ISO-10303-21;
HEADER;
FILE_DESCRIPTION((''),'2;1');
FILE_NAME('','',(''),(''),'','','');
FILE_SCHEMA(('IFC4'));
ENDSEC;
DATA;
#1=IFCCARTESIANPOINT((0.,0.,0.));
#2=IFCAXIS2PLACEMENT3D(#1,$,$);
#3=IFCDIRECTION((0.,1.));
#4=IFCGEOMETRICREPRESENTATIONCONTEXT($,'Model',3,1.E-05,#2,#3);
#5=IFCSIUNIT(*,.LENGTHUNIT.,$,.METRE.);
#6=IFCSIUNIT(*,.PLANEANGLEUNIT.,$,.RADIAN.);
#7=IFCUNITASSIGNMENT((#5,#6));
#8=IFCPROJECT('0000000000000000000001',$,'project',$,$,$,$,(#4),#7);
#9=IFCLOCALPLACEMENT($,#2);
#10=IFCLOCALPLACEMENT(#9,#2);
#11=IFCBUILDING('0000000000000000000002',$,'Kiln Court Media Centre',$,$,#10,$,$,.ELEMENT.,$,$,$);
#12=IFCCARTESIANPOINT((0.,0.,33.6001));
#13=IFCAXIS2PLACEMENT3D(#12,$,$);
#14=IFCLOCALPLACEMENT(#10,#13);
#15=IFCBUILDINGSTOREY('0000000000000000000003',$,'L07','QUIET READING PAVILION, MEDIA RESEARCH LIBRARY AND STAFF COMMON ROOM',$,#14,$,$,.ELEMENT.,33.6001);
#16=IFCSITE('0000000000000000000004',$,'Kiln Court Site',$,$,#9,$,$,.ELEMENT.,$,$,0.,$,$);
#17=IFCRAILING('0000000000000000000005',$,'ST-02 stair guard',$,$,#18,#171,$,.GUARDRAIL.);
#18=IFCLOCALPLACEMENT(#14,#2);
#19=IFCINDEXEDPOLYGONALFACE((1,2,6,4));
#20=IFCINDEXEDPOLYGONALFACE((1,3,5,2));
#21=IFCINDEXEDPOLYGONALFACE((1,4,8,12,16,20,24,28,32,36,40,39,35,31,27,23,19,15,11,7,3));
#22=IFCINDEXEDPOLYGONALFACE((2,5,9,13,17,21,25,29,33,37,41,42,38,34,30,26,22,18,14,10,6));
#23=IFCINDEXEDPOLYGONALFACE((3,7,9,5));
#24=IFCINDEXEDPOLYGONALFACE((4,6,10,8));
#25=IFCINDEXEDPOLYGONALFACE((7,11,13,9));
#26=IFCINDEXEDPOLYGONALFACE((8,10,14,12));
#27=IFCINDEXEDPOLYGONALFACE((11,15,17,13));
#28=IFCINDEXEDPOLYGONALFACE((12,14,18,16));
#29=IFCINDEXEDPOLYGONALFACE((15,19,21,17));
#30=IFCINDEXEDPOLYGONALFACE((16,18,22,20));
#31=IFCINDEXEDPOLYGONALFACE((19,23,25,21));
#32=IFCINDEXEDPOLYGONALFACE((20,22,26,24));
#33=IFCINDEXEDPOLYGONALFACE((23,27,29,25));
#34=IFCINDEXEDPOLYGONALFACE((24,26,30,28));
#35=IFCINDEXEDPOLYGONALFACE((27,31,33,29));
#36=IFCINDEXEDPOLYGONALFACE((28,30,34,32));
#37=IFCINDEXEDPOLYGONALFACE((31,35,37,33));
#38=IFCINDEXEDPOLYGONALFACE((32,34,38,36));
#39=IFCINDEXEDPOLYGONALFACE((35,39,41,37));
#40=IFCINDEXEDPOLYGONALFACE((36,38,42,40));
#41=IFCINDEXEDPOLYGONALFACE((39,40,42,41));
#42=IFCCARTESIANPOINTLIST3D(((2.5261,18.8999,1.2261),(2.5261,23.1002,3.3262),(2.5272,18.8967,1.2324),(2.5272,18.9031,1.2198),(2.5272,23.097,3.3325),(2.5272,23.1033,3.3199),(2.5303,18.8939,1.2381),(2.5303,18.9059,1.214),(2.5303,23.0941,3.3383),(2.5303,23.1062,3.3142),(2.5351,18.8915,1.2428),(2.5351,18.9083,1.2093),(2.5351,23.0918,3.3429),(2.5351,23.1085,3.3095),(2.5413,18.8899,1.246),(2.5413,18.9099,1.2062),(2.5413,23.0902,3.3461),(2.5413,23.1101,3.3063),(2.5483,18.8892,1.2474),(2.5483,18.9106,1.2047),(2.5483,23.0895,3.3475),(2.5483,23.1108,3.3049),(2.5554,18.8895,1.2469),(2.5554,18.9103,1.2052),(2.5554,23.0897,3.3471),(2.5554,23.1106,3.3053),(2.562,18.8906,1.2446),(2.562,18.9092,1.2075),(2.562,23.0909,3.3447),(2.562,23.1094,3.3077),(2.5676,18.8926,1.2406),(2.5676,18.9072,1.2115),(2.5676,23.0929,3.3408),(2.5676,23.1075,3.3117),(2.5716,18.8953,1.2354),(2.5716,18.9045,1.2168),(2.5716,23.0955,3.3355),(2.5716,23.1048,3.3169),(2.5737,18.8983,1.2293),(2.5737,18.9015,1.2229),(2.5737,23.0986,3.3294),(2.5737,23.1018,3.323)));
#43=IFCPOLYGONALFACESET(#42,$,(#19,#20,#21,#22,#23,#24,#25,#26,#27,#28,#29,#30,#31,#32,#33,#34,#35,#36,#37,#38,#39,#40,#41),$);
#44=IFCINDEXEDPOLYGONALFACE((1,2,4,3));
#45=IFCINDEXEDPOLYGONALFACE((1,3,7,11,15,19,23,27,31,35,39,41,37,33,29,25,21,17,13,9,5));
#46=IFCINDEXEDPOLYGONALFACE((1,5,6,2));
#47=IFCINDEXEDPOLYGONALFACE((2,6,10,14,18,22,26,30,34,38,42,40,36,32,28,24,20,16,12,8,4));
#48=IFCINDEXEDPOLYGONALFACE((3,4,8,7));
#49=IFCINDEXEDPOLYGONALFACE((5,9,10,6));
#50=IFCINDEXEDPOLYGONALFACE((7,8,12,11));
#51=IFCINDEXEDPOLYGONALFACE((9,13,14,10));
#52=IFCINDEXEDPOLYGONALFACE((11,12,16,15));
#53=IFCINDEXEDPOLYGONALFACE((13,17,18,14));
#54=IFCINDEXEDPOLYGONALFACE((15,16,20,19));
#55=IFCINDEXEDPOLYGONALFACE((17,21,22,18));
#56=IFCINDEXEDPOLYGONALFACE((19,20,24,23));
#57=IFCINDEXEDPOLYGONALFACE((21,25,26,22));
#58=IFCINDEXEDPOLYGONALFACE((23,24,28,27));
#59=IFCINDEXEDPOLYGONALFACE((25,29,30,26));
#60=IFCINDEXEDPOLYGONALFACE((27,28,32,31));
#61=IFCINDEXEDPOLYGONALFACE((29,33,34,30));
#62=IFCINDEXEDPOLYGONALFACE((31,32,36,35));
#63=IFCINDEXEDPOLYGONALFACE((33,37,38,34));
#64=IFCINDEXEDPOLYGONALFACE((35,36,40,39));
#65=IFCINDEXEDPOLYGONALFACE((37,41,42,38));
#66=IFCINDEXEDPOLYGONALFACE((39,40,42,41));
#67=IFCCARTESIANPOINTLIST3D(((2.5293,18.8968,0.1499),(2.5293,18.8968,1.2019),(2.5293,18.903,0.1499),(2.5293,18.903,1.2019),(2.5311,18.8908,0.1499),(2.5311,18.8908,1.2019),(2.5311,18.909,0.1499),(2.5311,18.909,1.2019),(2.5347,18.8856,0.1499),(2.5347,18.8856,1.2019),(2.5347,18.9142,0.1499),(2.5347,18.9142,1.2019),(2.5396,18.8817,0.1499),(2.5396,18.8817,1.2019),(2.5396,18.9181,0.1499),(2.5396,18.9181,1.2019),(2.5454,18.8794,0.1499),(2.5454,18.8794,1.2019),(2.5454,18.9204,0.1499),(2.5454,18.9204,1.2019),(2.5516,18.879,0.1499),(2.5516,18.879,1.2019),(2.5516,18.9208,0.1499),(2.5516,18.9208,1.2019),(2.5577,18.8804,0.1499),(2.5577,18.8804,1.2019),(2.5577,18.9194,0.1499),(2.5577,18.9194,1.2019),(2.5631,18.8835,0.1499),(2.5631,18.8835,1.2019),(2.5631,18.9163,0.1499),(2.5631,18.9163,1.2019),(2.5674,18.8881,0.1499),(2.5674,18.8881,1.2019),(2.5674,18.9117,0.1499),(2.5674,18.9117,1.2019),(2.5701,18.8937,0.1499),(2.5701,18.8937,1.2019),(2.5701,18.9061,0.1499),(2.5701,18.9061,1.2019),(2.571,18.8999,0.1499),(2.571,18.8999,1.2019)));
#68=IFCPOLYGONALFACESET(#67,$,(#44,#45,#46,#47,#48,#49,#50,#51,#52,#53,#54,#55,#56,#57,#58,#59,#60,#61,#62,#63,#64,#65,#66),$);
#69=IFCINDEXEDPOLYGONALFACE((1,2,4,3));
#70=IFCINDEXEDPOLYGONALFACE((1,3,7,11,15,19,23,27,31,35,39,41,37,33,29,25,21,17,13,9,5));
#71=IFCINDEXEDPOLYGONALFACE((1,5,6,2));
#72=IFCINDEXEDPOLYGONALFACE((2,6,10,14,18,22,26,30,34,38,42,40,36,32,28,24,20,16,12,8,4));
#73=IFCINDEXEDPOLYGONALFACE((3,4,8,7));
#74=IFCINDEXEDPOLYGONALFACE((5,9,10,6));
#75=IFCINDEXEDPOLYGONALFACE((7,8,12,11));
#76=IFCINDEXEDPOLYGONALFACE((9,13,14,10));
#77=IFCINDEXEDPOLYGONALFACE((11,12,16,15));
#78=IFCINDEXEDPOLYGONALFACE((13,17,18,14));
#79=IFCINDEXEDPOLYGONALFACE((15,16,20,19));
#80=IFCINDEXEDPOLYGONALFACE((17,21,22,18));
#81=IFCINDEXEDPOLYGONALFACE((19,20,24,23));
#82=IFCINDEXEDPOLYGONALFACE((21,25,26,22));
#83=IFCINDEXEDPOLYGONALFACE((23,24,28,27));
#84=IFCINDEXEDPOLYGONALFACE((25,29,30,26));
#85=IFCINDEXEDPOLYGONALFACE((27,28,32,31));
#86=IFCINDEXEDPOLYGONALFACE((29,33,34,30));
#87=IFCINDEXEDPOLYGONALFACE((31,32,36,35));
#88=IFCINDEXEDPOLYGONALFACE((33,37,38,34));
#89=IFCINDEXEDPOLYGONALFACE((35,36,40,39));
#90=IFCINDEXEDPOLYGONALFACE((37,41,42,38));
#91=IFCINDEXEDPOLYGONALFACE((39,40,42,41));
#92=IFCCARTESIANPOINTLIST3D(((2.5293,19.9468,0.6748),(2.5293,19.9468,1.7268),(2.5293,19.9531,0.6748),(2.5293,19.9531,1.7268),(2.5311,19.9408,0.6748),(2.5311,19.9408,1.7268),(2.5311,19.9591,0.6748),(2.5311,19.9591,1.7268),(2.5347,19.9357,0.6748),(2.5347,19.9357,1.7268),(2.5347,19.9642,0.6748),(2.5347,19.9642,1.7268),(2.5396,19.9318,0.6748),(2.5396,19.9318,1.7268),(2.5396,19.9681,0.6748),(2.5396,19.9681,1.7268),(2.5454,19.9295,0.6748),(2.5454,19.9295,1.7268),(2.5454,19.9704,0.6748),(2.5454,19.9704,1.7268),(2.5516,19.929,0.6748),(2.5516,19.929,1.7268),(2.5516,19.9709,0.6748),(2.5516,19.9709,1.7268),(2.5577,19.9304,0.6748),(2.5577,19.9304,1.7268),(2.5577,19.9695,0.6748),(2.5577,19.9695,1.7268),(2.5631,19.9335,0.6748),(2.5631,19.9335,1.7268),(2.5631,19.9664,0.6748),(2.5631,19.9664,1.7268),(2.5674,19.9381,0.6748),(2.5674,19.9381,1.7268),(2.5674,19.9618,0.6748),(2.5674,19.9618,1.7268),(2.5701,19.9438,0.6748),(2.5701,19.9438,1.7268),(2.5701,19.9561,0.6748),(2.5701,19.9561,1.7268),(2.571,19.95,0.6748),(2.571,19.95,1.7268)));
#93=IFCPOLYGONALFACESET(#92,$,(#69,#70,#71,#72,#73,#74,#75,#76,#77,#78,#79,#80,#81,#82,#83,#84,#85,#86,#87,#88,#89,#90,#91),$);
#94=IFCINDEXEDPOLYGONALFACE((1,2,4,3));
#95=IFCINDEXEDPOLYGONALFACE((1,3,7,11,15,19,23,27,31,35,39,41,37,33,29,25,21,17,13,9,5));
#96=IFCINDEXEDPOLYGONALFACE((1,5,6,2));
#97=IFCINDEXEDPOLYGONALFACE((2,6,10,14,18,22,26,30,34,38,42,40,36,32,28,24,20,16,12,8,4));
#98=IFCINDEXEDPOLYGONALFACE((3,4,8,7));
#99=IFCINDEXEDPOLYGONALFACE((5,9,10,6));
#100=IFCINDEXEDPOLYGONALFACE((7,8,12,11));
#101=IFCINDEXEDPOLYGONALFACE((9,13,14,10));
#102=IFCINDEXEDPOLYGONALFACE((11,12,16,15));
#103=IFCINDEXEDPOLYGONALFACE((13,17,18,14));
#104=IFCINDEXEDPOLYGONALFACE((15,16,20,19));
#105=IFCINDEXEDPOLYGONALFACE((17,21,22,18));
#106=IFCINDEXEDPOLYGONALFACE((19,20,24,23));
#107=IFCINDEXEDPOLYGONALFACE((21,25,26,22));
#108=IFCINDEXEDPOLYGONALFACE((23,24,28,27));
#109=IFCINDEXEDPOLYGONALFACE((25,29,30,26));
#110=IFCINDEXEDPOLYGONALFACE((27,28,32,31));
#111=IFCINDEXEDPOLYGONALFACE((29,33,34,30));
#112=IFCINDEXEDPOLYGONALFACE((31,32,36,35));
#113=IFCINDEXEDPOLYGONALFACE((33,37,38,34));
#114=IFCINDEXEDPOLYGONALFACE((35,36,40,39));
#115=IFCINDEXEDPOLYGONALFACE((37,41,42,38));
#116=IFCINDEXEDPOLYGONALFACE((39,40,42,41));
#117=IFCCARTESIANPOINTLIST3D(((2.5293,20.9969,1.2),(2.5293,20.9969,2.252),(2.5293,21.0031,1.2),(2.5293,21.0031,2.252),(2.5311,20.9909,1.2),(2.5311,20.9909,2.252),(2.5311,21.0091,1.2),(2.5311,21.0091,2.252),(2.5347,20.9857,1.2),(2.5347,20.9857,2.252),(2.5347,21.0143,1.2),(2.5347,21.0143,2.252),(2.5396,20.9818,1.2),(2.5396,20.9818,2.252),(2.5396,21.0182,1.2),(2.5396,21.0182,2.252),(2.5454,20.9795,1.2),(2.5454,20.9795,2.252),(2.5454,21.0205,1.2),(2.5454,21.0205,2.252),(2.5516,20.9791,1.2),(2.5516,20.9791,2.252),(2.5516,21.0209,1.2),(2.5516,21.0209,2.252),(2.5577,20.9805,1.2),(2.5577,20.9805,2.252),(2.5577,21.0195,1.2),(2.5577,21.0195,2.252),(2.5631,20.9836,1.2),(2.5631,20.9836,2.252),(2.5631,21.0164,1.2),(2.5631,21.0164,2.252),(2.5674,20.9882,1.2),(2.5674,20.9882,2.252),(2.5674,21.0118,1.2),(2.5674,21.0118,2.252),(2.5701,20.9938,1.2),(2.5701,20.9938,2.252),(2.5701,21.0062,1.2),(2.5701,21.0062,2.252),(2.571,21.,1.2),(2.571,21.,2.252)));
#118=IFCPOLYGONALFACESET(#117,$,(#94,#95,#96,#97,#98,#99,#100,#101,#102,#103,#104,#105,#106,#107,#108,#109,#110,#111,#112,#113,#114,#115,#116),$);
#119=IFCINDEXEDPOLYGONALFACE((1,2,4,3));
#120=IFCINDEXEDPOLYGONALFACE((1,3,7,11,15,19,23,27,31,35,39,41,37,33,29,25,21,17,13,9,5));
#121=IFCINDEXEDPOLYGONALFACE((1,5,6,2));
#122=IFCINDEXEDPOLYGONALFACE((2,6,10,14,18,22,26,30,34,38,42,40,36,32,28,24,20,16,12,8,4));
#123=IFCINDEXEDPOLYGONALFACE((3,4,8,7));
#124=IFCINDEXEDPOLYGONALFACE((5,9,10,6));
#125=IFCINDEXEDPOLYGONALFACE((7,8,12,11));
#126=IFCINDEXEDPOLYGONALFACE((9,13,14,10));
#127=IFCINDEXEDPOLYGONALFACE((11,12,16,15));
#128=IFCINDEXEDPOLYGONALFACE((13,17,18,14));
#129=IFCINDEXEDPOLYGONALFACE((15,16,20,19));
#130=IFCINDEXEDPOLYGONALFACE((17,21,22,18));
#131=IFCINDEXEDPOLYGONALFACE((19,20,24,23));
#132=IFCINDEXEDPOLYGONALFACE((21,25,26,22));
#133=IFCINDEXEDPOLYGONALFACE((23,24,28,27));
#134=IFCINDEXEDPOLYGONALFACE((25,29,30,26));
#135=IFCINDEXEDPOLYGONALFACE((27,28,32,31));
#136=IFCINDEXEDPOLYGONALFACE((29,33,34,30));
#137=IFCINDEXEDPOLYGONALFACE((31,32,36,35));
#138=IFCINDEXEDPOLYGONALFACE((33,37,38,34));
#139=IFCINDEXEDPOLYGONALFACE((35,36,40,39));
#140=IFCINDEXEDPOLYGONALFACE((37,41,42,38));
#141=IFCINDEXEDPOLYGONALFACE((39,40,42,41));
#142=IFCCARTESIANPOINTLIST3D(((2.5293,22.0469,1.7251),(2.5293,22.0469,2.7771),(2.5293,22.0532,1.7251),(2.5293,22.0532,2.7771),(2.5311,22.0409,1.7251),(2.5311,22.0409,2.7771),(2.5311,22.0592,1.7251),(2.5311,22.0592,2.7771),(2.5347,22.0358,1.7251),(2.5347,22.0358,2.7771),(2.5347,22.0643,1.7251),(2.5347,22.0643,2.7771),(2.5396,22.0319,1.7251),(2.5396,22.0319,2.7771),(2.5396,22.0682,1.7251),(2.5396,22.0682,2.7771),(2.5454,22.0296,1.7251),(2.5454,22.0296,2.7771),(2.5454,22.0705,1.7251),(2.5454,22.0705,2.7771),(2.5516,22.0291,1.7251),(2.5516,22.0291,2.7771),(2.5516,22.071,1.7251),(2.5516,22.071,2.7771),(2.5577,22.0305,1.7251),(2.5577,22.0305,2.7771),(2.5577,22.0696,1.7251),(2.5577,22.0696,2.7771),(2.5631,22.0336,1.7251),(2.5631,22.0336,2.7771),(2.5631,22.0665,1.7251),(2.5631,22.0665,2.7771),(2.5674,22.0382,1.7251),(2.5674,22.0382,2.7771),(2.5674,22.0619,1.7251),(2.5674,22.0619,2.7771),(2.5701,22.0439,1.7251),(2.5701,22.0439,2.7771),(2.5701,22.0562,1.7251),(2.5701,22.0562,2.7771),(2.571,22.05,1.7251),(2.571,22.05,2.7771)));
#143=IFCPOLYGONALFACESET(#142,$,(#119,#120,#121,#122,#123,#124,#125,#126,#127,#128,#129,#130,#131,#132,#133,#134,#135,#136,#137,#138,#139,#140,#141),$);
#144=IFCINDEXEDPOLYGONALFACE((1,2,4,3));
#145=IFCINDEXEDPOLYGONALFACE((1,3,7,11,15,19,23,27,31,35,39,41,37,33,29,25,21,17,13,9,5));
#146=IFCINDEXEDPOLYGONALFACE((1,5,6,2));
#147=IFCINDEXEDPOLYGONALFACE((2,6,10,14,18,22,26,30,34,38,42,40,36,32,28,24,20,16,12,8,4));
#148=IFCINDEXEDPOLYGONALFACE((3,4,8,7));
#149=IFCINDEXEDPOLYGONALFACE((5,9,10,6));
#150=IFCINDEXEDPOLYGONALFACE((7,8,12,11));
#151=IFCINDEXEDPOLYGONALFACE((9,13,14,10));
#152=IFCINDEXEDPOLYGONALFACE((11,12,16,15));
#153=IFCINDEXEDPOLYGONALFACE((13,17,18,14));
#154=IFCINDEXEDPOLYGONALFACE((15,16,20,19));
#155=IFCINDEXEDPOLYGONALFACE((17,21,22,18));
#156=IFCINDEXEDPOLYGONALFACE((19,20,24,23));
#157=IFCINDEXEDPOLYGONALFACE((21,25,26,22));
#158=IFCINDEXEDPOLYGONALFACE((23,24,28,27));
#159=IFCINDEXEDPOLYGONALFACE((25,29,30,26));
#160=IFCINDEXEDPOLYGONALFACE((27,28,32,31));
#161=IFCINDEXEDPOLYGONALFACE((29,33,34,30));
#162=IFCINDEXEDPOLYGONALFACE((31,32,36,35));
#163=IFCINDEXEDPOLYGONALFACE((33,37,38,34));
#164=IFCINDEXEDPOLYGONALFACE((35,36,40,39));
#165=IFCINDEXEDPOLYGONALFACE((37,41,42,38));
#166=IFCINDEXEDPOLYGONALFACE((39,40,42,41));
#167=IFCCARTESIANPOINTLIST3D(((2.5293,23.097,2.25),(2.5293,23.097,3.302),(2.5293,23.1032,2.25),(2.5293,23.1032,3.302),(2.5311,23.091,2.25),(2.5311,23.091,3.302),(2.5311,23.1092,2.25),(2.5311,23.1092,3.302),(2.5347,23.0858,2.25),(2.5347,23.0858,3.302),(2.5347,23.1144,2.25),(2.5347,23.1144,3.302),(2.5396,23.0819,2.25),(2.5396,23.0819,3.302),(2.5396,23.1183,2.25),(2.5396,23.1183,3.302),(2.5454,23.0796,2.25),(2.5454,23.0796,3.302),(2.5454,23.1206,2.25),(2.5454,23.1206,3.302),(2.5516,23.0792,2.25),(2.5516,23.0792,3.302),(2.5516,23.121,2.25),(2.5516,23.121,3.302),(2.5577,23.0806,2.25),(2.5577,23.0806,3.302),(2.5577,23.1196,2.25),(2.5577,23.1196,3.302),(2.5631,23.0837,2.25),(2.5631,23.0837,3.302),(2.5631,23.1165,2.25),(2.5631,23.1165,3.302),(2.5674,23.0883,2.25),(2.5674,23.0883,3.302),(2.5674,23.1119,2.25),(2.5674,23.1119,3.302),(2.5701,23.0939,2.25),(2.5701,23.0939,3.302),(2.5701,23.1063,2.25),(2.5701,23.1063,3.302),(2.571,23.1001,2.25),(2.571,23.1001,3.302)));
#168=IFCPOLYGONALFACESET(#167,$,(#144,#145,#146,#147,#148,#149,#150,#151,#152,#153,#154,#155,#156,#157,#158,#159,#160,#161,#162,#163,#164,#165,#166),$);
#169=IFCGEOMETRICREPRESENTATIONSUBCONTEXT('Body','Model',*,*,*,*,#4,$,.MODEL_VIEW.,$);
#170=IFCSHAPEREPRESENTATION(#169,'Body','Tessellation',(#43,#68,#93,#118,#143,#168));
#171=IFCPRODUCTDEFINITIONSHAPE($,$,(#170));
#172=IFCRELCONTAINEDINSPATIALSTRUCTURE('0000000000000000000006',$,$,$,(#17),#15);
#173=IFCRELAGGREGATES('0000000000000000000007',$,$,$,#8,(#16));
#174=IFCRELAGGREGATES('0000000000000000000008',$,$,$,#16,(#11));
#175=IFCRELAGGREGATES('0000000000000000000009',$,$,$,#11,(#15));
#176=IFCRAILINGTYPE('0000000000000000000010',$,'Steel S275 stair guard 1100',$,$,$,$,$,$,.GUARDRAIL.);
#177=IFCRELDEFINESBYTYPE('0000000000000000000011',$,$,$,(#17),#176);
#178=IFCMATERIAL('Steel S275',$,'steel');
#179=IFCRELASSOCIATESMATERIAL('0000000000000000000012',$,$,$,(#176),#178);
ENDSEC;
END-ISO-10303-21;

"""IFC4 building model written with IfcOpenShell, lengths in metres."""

from ifc_helpers import new_model, si_unit, direction, frame, origin, origin_2d, place, context, subcontext, project, spatial, circle, extrude, material, type_object, element, save


model = new_model("IFC4")

# Units and contexts
model_context = context("Model", 3, precision=1e-05, world=origin(), true_north=direction((0.0, 1.0)))
body_context = subcontext(model_context, "Body", "Model", "MODEL_VIEW")
ifc_project = project(units=[si_unit("LENGTHUNIT", "METRE"), si_unit("PLANEANGLEUNIT", "RADIAN")], contexts=[model_context])

# Site, building, storey
site_placement = place(None, origin())
site = spatial("IfcSite", under=ifc_project, at=site_placement, Name="Kiln Court Site", CompositionType="ELEMENT", RefElevation=0.0)
building_placement = place(site_placement, origin())
building = spatial("IfcBuilding", under=site, at=building_placement, Name="Kiln Court Media Centre", CompositionType="ELEMENT")
storey_placement = place(building_placement, frame((0.0, 0.0, 33.6001)))
storey = spatial("IfcBuildingStorey", under=building, at=storey_placement, Name="L07", Description="QUIET READING PAVILION, MEDIA RESEARCH LIBRARY AND STAFF COMMON ROOM", CompositionType="ELEMENT", Elevation=33.6001)

# Railing
ifc_material_1 = material(Name="Steel S275", Category="steel")
railing_type_1 = type_object("IfcRailingType", Name="Steel S275 stair guard 1100", PredefinedType="GUARDRAIL", material=ifc_material_1)
railing_1_placement = place(storey_placement, frame((2.55, 18.8999, 0.1499)))
element("IfcRailing", 1, at=railing_1_placement, inside=storey, type_object=railing_type_1, Name="ST-02 stair guard", PredefinedType="GUARDRAIL", context=body_context, shape_type="SweptSolid", body=[
    extrude(circle(Radius=0.0239, at=origin_2d()), frame((0.0, 0.0, 1.0762), z_axis=(0.0, 0.894427, 0.447214), x_axis=(-1.0, 0.0, 0.0)), (0.0, 0.0, 1.0), 4.696),
    extrude(circle(Radius=0.021, at=origin_2d()), origin(), (0.0, 0.0, 1.0), 1.052),
    extrude(circle(Radius=0.021, at=origin_2d()), frame((0.0, 1.05, 0.5249)), (0.0, 0.0, 1.0), 1.052),
    extrude(circle(Radius=0.021, at=origin_2d()), frame((0.0, 2.1001, 1.05)), (0.0, 0.0, 1.0), 1.052),
    extrude(circle(Radius=0.021, at=origin_2d()), frame((0.0, 3.1501, 1.5752)), (0.0, 0.0, 1.0), 1.052),
    extrude(circle(Radius=0.021, at=origin_2d()), frame((0.0, 4.2002, 2.1001)), (0.0, 0.0, 1.0), 1.052),
])

save(model, "model.ifc")
